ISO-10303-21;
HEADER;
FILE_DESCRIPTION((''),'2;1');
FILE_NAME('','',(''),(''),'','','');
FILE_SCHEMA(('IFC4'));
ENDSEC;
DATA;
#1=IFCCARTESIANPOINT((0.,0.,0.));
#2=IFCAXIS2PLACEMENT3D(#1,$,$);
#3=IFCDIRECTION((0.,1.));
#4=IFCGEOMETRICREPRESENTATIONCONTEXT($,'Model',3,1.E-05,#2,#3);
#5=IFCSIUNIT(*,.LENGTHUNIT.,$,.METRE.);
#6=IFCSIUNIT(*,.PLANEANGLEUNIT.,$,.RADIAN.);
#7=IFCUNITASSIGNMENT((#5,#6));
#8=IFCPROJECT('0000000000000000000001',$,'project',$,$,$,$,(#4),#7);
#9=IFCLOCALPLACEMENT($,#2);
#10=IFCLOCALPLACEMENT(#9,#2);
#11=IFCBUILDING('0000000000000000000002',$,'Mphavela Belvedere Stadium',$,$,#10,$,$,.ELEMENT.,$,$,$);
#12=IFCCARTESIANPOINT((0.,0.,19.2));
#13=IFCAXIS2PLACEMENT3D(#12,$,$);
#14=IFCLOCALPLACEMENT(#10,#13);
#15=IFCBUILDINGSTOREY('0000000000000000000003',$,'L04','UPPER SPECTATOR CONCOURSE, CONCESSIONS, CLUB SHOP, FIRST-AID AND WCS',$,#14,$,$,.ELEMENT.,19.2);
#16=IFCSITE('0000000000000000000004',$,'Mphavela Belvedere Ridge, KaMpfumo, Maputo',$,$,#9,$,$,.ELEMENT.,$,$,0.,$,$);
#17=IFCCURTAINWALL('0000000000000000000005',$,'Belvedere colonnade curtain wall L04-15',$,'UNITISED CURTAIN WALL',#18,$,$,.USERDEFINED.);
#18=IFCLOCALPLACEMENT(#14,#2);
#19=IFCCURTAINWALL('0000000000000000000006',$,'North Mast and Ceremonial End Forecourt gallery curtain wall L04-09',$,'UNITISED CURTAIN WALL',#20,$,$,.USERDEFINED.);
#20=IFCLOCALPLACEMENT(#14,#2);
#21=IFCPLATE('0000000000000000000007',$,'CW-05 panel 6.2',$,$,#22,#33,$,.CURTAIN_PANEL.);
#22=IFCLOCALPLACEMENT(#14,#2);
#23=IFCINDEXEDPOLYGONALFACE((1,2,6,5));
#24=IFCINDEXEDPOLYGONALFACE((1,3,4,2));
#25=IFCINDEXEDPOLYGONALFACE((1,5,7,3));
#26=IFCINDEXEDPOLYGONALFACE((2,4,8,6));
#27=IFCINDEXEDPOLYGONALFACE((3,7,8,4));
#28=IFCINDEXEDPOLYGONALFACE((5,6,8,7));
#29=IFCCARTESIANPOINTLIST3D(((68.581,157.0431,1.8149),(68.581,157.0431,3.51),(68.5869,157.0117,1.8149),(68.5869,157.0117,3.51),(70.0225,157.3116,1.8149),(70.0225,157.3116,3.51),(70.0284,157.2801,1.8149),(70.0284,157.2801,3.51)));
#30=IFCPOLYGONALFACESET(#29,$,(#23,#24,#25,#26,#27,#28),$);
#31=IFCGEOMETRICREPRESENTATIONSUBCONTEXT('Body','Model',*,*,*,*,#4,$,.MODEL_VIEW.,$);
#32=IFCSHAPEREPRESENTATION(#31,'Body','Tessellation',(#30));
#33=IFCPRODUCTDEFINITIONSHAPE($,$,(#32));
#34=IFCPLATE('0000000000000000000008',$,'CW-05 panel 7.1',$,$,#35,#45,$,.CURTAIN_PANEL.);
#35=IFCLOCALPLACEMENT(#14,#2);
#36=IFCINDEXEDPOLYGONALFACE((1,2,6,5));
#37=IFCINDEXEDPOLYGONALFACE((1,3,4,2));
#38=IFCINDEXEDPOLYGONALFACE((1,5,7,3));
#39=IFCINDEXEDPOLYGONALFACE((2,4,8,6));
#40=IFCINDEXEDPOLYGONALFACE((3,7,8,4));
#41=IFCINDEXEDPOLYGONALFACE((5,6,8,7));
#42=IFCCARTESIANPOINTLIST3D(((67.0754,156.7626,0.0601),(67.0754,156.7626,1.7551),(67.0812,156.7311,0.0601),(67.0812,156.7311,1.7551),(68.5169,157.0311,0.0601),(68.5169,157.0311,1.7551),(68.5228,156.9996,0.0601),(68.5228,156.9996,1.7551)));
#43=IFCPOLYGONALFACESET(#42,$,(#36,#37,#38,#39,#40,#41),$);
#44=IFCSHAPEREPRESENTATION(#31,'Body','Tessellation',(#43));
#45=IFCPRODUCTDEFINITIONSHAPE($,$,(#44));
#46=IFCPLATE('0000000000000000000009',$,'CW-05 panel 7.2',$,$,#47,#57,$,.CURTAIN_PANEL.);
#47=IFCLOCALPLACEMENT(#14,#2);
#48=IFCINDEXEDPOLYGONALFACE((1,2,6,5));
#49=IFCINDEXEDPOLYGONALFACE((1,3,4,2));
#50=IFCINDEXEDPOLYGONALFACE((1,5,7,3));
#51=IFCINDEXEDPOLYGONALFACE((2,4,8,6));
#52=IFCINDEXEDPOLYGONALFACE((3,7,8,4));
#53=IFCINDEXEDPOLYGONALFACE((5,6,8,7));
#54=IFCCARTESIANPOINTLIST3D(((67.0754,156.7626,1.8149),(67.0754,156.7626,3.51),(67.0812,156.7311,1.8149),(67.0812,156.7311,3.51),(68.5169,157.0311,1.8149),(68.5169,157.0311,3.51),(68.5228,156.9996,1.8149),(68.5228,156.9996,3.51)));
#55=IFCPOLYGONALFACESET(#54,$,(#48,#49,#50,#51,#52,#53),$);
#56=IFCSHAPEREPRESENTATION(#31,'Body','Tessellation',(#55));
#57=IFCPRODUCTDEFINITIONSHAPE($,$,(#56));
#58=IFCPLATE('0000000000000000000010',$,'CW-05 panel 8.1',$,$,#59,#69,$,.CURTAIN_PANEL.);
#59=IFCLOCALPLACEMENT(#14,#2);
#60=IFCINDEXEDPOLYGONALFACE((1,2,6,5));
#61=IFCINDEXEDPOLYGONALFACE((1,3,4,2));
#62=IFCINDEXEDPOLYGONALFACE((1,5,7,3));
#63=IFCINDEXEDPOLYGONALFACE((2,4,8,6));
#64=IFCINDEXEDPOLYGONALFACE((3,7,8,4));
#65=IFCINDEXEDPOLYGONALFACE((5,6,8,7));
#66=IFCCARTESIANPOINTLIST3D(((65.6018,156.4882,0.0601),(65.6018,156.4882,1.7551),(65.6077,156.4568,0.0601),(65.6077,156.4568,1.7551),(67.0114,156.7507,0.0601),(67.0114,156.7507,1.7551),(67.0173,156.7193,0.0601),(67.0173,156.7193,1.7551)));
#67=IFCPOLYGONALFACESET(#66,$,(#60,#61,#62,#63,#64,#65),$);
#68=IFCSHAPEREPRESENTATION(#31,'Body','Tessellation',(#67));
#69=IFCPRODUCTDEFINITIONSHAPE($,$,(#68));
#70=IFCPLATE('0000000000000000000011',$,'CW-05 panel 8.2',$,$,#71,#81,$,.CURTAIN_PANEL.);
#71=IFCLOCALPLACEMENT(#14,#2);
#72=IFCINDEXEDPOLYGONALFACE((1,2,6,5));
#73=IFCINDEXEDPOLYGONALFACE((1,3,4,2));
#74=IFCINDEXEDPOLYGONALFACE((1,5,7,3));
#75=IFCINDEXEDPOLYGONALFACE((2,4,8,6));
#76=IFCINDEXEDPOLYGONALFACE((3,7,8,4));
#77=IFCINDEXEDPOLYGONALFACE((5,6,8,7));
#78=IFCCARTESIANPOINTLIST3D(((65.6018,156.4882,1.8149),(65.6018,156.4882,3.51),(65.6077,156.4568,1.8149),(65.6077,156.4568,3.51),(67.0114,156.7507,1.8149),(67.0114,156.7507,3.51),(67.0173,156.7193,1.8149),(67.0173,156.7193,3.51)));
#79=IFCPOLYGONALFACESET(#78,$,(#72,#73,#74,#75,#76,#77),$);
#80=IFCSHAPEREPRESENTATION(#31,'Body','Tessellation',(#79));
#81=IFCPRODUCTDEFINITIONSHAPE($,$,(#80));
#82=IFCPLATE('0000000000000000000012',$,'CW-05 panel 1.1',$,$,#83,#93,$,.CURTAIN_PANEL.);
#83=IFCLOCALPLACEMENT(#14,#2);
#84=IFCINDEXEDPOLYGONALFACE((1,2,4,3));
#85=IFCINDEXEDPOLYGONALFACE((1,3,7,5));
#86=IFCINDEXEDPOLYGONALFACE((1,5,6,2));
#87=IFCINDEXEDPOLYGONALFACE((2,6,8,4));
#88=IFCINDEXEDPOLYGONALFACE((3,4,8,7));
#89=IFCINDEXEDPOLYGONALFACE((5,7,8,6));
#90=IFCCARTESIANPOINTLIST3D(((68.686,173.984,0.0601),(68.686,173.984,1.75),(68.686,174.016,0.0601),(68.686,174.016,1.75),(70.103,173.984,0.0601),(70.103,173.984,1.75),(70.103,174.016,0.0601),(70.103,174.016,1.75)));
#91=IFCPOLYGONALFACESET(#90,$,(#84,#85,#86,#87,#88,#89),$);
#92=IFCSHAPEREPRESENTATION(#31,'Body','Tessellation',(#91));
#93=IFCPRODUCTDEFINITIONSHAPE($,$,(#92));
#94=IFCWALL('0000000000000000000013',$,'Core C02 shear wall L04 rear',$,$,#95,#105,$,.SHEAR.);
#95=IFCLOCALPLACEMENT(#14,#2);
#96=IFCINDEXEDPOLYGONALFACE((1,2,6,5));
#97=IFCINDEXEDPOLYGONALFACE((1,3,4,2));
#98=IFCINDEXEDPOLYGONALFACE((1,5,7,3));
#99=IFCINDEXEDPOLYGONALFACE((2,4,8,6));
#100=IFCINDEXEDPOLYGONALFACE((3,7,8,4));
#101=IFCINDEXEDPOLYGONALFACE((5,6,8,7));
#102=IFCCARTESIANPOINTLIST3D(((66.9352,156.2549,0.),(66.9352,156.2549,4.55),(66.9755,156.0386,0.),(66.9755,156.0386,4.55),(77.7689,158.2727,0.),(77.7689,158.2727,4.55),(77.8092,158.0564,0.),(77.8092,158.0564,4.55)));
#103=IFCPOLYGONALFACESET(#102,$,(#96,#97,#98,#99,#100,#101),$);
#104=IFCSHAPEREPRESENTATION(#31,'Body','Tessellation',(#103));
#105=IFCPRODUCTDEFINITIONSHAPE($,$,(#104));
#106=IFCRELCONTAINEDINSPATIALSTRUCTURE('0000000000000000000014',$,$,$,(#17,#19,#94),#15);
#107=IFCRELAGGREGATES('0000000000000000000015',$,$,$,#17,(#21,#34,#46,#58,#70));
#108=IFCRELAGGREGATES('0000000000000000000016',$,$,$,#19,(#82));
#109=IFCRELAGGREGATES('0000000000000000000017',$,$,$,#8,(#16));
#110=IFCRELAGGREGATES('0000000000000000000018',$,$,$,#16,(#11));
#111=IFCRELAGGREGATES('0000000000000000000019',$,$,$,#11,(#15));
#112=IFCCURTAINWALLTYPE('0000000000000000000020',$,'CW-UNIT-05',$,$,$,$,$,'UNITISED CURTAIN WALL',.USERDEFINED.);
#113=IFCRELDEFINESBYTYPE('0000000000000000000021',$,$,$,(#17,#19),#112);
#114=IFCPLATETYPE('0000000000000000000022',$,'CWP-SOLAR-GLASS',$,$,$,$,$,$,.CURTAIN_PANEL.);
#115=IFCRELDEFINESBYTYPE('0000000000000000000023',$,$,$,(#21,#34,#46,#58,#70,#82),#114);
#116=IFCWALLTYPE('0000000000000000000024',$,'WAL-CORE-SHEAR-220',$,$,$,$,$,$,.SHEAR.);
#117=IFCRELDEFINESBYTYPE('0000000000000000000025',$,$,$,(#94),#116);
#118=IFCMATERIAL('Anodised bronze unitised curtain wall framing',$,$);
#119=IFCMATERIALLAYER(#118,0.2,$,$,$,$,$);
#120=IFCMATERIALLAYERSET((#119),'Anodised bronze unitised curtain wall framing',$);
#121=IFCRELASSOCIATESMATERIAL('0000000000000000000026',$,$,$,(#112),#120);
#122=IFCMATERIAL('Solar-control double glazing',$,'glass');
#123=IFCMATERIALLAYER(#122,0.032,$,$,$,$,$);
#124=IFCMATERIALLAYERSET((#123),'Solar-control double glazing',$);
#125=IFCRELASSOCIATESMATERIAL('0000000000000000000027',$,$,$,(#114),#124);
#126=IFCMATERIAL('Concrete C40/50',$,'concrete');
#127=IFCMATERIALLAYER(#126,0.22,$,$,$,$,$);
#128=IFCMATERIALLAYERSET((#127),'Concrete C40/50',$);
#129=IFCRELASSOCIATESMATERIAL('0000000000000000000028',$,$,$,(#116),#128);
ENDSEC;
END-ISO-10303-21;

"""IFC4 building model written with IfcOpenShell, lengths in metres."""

from ifc_helpers import new_model, si_unit, direction, frame, frame_2d, origin, origin_2d, place, context, subcontext, project, spatial, rectangle, extrude, material, layer, layer_set, type_object, element, aggregate, save


model = new_model("IFC4")

# Units and contexts
model_context = context("Model", 3, precision=1e-05, world=origin(), true_north=direction((0.0, 1.0)))
body_context = subcontext(model_context, "Body", "Model", "MODEL_VIEW")
ifc_project = project(units=[si_unit("LENGTHUNIT", "METRE"), si_unit("PLANEANGLEUNIT", "RADIAN")], contexts=[model_context])

# Site, building, storey
site_placement = place(None, origin())
site = spatial("IfcSite", under=ifc_project, at=site_placement, Name="Mphavela Belvedere Ridge, KaMpfumo, Maputo", CompositionType="ELEMENT", RefElevation=0.0)
building_placement = place(site_placement, origin())
building = spatial("IfcBuilding", under=site, at=building_placement, Name="Mphavela Belvedere Stadium", CompositionType="ELEMENT")
storey_placement = place(building_placement, frame((0.0, 0.0, 19.2)))
storey = spatial("IfcBuildingStorey", under=building, at=storey_placement, Name="L04", Description="UPPER SPECTATOR CONCOURSE, CONCESSIONS, CLUB SHOP, FIRST-AID AND WCS", CompositionType="ELEMENT", Elevation=19.2)

# Curtain wall
ifc_material_1 = material(Name="Anodised bronze unitised curtain wall framing")
ifc_layer_1 = layer(ifc_material_1, 0.2)
ifc_layer_set_1 = layer_set([ifc_layer_1], Name="Anodised bronze unitised curtain wall framing")
curtain_wall_type_1 = type_object("IfcCurtainWallType", Name="CW-UNIT-05", ElementType="UNITISED CURTAIN WALL", PredefinedType="USERDEFINED", material=ifc_layer_set_1)
curtain_wall_1_placement = place(storey_placement, origin())
curtain_wall_1 = element("IfcCurtainWall", 1, at=curtain_wall_1_placement, inside=storey, type_object=curtain_wall_type_1, Name="Belvedere colonnade curtain wall L04-15", ObjectType="UNITISED CURTAIN WALL", PredefinedType="USERDEFINED")

# Curtain wall
curtain_wall_2_placement = place(storey_placement, origin())
curtain_wall_2 = element("IfcCurtainWall", 2, at=curtain_wall_2_placement, inside=storey, type_object=curtain_wall_type_1, Name="North Mast and Ceremonial End Forecourt gallery curtain wall L04-09", ObjectType="UNITISED CURTAIN WALL", PredefinedType="USERDEFINED")

# Plates
ifc_material_2 = material(Name="Solar-control double glazing", Category="glass")
ifc_layer_2 = layer(ifc_material_2, 0.032)
ifc_layer_set_2 = layer_set([ifc_layer_2], Name="Solar-control double glazing")
plate_type = type_object("IfcPlateType", Name="CWP-SOLAR-GLASS", PredefinedType="CURTAIN_PANEL", material=ifc_layer_set_2)
plate_1_placement = place(storey_placement, frame((69.3047, 157.1616, 1.8149), z_axis=(0.0, 0.0, 1.0), x_axis=(-0.983096, -0.183091, 0.0)))
plate_1 = element("IfcPlate", 3, at=plate_1_placement, type_object=plate_type, Name="CW-05 panel 6.2", PredefinedType="CURTAIN_PANEL", context=body_context, shape_type="SweptSolid", body=[
    extrude(rectangle(XDim=1.4663, YDim=0.032, at=origin_2d()), origin(), (0.0, 0.0, 1.0), 1.6951),
])
plate_2_placement = place(storey_placement, frame((67.7991, 156.8811, 0.0601), z_axis=(0.0, 0.0, 1.0), x_axis=(-0.983096, -0.183091, 0.0)))
plate_2 = element("IfcPlate", 4, at=plate_2_placement, type_object=plate_type, Name="CW-05 panel 7.1", PredefinedType="CURTAIN_PANEL", context=body_context, shape_type="SweptSolid", body=[
    extrude(rectangle(XDim=1.4663, YDim=0.032, at=origin_2d()), origin(), (0.0, 0.0, 1.0), 1.6951),
])
plate_3_placement = place(storey_placement, frame((67.7991, 156.8811, 1.8149), z_axis=(0.0, 0.0, 1.0), x_axis=(-0.983096, -0.183091, 0.0)))
plate_3 = element("IfcPlate", 5, at=plate_3_placement, type_object=plate_type, Name="CW-05 panel 7.2", PredefinedType="CURTAIN_PANEL", context=body_context, shape_type="SweptSolid", body=[
    extrude(rectangle(XDim=1.4663, YDim=0.032, at=origin_2d()), origin(), (0.0, 0.0, 1.0), 1.6951),
])
plate_4_placement = place(storey_placement, frame((66.3096, 156.6038, 0.0601), z_axis=(0.0, 0.0, 1.0), x_axis=(-0.983096, -0.183091, 0.0)))
plate_4 = element("IfcPlate", 6, at=plate_4_placement, type_object=plate_type, Name="CW-05 panel 8.1", PredefinedType="CURTAIN_PANEL", context=body_context, shape_type="SweptSolid", body=[
    extrude(rectangle(XDim=1.4338, YDim=0.032, at=origin_2d()), origin(), (0.0, 0.0, 1.0), 1.6951),
])
plate_5_placement = place(storey_placement, frame((66.3096, 156.6038, 1.8149), z_axis=(0.0, 0.0, 1.0), x_axis=(-0.983096, -0.183091, 0.0)))
plate_5 = element("IfcPlate", 7, at=plate_5_placement, type_object=plate_type, Name="CW-05 panel 8.2", PredefinedType="CURTAIN_PANEL", context=body_context, shape_type="SweptSolid", body=[
    extrude(rectangle(XDim=1.4338, YDim=0.032, at=origin_2d()), origin(), (0.0, 0.0, 1.0), 1.6951),
])
aggregate(curtain_wall_1, [plate_1, plate_2, plate_3, plate_4, plate_5])
plate_6_placement = place(storey_placement, frame((69.3945, 174.0, 0.0601), z_axis=(0.0, 0.0, 1.0), x_axis=(1.0, 0.0, 0.0)))
plate_6 = element("IfcPlate", 8, at=plate_6_placement, type_object=plate_type, Name="CW-05 panel 1.1", PredefinedType="CURTAIN_PANEL", context=body_context, shape_type="SweptSolid", body=[
    extrude(rectangle(XDim=1.417, YDim=0.032, at=origin_2d()), origin(), (0.0, 0.0, 1.0), 1.6899),
])
aggregate(curtain_wall_2, [plate_6])

# Wall
ifc_material_3 = material(Name="Concrete C40/50", Category="concrete")
ifc_layer_3 = layer(ifc_material_3, 0.22)
ifc_layer_set_3 = layer_set([ifc_layer_3], Name="Concrete C40/50")
wall_type = type_object("IfcWallType", Name="WAL-CORE-SHEAR-220", PredefinedType="SHEAR", material=ifc_layer_set_3)
wall_placement = place(storey_placement, frame((66.9553, 156.1467, 0.0), z_axis=(0.0, 0.0, 1.0), x_axis=(0.983093, 0.183105, 0.0)))
element("IfcWall", 9, at=wall_placement, inside=storey, type_object=wall_type, Name="Core C02 shear wall L04 rear", PredefinedType="SHEAR", context=body_context, shape_type="SweptSolid", body=[
    extrude(rectangle(XDim=11.02, YDim=0.22, at=frame_2d((5.51, 0.0))), origin(), (0.0, 0.0, 1.0), 4.55),
])

save(model, "model.ifc")
